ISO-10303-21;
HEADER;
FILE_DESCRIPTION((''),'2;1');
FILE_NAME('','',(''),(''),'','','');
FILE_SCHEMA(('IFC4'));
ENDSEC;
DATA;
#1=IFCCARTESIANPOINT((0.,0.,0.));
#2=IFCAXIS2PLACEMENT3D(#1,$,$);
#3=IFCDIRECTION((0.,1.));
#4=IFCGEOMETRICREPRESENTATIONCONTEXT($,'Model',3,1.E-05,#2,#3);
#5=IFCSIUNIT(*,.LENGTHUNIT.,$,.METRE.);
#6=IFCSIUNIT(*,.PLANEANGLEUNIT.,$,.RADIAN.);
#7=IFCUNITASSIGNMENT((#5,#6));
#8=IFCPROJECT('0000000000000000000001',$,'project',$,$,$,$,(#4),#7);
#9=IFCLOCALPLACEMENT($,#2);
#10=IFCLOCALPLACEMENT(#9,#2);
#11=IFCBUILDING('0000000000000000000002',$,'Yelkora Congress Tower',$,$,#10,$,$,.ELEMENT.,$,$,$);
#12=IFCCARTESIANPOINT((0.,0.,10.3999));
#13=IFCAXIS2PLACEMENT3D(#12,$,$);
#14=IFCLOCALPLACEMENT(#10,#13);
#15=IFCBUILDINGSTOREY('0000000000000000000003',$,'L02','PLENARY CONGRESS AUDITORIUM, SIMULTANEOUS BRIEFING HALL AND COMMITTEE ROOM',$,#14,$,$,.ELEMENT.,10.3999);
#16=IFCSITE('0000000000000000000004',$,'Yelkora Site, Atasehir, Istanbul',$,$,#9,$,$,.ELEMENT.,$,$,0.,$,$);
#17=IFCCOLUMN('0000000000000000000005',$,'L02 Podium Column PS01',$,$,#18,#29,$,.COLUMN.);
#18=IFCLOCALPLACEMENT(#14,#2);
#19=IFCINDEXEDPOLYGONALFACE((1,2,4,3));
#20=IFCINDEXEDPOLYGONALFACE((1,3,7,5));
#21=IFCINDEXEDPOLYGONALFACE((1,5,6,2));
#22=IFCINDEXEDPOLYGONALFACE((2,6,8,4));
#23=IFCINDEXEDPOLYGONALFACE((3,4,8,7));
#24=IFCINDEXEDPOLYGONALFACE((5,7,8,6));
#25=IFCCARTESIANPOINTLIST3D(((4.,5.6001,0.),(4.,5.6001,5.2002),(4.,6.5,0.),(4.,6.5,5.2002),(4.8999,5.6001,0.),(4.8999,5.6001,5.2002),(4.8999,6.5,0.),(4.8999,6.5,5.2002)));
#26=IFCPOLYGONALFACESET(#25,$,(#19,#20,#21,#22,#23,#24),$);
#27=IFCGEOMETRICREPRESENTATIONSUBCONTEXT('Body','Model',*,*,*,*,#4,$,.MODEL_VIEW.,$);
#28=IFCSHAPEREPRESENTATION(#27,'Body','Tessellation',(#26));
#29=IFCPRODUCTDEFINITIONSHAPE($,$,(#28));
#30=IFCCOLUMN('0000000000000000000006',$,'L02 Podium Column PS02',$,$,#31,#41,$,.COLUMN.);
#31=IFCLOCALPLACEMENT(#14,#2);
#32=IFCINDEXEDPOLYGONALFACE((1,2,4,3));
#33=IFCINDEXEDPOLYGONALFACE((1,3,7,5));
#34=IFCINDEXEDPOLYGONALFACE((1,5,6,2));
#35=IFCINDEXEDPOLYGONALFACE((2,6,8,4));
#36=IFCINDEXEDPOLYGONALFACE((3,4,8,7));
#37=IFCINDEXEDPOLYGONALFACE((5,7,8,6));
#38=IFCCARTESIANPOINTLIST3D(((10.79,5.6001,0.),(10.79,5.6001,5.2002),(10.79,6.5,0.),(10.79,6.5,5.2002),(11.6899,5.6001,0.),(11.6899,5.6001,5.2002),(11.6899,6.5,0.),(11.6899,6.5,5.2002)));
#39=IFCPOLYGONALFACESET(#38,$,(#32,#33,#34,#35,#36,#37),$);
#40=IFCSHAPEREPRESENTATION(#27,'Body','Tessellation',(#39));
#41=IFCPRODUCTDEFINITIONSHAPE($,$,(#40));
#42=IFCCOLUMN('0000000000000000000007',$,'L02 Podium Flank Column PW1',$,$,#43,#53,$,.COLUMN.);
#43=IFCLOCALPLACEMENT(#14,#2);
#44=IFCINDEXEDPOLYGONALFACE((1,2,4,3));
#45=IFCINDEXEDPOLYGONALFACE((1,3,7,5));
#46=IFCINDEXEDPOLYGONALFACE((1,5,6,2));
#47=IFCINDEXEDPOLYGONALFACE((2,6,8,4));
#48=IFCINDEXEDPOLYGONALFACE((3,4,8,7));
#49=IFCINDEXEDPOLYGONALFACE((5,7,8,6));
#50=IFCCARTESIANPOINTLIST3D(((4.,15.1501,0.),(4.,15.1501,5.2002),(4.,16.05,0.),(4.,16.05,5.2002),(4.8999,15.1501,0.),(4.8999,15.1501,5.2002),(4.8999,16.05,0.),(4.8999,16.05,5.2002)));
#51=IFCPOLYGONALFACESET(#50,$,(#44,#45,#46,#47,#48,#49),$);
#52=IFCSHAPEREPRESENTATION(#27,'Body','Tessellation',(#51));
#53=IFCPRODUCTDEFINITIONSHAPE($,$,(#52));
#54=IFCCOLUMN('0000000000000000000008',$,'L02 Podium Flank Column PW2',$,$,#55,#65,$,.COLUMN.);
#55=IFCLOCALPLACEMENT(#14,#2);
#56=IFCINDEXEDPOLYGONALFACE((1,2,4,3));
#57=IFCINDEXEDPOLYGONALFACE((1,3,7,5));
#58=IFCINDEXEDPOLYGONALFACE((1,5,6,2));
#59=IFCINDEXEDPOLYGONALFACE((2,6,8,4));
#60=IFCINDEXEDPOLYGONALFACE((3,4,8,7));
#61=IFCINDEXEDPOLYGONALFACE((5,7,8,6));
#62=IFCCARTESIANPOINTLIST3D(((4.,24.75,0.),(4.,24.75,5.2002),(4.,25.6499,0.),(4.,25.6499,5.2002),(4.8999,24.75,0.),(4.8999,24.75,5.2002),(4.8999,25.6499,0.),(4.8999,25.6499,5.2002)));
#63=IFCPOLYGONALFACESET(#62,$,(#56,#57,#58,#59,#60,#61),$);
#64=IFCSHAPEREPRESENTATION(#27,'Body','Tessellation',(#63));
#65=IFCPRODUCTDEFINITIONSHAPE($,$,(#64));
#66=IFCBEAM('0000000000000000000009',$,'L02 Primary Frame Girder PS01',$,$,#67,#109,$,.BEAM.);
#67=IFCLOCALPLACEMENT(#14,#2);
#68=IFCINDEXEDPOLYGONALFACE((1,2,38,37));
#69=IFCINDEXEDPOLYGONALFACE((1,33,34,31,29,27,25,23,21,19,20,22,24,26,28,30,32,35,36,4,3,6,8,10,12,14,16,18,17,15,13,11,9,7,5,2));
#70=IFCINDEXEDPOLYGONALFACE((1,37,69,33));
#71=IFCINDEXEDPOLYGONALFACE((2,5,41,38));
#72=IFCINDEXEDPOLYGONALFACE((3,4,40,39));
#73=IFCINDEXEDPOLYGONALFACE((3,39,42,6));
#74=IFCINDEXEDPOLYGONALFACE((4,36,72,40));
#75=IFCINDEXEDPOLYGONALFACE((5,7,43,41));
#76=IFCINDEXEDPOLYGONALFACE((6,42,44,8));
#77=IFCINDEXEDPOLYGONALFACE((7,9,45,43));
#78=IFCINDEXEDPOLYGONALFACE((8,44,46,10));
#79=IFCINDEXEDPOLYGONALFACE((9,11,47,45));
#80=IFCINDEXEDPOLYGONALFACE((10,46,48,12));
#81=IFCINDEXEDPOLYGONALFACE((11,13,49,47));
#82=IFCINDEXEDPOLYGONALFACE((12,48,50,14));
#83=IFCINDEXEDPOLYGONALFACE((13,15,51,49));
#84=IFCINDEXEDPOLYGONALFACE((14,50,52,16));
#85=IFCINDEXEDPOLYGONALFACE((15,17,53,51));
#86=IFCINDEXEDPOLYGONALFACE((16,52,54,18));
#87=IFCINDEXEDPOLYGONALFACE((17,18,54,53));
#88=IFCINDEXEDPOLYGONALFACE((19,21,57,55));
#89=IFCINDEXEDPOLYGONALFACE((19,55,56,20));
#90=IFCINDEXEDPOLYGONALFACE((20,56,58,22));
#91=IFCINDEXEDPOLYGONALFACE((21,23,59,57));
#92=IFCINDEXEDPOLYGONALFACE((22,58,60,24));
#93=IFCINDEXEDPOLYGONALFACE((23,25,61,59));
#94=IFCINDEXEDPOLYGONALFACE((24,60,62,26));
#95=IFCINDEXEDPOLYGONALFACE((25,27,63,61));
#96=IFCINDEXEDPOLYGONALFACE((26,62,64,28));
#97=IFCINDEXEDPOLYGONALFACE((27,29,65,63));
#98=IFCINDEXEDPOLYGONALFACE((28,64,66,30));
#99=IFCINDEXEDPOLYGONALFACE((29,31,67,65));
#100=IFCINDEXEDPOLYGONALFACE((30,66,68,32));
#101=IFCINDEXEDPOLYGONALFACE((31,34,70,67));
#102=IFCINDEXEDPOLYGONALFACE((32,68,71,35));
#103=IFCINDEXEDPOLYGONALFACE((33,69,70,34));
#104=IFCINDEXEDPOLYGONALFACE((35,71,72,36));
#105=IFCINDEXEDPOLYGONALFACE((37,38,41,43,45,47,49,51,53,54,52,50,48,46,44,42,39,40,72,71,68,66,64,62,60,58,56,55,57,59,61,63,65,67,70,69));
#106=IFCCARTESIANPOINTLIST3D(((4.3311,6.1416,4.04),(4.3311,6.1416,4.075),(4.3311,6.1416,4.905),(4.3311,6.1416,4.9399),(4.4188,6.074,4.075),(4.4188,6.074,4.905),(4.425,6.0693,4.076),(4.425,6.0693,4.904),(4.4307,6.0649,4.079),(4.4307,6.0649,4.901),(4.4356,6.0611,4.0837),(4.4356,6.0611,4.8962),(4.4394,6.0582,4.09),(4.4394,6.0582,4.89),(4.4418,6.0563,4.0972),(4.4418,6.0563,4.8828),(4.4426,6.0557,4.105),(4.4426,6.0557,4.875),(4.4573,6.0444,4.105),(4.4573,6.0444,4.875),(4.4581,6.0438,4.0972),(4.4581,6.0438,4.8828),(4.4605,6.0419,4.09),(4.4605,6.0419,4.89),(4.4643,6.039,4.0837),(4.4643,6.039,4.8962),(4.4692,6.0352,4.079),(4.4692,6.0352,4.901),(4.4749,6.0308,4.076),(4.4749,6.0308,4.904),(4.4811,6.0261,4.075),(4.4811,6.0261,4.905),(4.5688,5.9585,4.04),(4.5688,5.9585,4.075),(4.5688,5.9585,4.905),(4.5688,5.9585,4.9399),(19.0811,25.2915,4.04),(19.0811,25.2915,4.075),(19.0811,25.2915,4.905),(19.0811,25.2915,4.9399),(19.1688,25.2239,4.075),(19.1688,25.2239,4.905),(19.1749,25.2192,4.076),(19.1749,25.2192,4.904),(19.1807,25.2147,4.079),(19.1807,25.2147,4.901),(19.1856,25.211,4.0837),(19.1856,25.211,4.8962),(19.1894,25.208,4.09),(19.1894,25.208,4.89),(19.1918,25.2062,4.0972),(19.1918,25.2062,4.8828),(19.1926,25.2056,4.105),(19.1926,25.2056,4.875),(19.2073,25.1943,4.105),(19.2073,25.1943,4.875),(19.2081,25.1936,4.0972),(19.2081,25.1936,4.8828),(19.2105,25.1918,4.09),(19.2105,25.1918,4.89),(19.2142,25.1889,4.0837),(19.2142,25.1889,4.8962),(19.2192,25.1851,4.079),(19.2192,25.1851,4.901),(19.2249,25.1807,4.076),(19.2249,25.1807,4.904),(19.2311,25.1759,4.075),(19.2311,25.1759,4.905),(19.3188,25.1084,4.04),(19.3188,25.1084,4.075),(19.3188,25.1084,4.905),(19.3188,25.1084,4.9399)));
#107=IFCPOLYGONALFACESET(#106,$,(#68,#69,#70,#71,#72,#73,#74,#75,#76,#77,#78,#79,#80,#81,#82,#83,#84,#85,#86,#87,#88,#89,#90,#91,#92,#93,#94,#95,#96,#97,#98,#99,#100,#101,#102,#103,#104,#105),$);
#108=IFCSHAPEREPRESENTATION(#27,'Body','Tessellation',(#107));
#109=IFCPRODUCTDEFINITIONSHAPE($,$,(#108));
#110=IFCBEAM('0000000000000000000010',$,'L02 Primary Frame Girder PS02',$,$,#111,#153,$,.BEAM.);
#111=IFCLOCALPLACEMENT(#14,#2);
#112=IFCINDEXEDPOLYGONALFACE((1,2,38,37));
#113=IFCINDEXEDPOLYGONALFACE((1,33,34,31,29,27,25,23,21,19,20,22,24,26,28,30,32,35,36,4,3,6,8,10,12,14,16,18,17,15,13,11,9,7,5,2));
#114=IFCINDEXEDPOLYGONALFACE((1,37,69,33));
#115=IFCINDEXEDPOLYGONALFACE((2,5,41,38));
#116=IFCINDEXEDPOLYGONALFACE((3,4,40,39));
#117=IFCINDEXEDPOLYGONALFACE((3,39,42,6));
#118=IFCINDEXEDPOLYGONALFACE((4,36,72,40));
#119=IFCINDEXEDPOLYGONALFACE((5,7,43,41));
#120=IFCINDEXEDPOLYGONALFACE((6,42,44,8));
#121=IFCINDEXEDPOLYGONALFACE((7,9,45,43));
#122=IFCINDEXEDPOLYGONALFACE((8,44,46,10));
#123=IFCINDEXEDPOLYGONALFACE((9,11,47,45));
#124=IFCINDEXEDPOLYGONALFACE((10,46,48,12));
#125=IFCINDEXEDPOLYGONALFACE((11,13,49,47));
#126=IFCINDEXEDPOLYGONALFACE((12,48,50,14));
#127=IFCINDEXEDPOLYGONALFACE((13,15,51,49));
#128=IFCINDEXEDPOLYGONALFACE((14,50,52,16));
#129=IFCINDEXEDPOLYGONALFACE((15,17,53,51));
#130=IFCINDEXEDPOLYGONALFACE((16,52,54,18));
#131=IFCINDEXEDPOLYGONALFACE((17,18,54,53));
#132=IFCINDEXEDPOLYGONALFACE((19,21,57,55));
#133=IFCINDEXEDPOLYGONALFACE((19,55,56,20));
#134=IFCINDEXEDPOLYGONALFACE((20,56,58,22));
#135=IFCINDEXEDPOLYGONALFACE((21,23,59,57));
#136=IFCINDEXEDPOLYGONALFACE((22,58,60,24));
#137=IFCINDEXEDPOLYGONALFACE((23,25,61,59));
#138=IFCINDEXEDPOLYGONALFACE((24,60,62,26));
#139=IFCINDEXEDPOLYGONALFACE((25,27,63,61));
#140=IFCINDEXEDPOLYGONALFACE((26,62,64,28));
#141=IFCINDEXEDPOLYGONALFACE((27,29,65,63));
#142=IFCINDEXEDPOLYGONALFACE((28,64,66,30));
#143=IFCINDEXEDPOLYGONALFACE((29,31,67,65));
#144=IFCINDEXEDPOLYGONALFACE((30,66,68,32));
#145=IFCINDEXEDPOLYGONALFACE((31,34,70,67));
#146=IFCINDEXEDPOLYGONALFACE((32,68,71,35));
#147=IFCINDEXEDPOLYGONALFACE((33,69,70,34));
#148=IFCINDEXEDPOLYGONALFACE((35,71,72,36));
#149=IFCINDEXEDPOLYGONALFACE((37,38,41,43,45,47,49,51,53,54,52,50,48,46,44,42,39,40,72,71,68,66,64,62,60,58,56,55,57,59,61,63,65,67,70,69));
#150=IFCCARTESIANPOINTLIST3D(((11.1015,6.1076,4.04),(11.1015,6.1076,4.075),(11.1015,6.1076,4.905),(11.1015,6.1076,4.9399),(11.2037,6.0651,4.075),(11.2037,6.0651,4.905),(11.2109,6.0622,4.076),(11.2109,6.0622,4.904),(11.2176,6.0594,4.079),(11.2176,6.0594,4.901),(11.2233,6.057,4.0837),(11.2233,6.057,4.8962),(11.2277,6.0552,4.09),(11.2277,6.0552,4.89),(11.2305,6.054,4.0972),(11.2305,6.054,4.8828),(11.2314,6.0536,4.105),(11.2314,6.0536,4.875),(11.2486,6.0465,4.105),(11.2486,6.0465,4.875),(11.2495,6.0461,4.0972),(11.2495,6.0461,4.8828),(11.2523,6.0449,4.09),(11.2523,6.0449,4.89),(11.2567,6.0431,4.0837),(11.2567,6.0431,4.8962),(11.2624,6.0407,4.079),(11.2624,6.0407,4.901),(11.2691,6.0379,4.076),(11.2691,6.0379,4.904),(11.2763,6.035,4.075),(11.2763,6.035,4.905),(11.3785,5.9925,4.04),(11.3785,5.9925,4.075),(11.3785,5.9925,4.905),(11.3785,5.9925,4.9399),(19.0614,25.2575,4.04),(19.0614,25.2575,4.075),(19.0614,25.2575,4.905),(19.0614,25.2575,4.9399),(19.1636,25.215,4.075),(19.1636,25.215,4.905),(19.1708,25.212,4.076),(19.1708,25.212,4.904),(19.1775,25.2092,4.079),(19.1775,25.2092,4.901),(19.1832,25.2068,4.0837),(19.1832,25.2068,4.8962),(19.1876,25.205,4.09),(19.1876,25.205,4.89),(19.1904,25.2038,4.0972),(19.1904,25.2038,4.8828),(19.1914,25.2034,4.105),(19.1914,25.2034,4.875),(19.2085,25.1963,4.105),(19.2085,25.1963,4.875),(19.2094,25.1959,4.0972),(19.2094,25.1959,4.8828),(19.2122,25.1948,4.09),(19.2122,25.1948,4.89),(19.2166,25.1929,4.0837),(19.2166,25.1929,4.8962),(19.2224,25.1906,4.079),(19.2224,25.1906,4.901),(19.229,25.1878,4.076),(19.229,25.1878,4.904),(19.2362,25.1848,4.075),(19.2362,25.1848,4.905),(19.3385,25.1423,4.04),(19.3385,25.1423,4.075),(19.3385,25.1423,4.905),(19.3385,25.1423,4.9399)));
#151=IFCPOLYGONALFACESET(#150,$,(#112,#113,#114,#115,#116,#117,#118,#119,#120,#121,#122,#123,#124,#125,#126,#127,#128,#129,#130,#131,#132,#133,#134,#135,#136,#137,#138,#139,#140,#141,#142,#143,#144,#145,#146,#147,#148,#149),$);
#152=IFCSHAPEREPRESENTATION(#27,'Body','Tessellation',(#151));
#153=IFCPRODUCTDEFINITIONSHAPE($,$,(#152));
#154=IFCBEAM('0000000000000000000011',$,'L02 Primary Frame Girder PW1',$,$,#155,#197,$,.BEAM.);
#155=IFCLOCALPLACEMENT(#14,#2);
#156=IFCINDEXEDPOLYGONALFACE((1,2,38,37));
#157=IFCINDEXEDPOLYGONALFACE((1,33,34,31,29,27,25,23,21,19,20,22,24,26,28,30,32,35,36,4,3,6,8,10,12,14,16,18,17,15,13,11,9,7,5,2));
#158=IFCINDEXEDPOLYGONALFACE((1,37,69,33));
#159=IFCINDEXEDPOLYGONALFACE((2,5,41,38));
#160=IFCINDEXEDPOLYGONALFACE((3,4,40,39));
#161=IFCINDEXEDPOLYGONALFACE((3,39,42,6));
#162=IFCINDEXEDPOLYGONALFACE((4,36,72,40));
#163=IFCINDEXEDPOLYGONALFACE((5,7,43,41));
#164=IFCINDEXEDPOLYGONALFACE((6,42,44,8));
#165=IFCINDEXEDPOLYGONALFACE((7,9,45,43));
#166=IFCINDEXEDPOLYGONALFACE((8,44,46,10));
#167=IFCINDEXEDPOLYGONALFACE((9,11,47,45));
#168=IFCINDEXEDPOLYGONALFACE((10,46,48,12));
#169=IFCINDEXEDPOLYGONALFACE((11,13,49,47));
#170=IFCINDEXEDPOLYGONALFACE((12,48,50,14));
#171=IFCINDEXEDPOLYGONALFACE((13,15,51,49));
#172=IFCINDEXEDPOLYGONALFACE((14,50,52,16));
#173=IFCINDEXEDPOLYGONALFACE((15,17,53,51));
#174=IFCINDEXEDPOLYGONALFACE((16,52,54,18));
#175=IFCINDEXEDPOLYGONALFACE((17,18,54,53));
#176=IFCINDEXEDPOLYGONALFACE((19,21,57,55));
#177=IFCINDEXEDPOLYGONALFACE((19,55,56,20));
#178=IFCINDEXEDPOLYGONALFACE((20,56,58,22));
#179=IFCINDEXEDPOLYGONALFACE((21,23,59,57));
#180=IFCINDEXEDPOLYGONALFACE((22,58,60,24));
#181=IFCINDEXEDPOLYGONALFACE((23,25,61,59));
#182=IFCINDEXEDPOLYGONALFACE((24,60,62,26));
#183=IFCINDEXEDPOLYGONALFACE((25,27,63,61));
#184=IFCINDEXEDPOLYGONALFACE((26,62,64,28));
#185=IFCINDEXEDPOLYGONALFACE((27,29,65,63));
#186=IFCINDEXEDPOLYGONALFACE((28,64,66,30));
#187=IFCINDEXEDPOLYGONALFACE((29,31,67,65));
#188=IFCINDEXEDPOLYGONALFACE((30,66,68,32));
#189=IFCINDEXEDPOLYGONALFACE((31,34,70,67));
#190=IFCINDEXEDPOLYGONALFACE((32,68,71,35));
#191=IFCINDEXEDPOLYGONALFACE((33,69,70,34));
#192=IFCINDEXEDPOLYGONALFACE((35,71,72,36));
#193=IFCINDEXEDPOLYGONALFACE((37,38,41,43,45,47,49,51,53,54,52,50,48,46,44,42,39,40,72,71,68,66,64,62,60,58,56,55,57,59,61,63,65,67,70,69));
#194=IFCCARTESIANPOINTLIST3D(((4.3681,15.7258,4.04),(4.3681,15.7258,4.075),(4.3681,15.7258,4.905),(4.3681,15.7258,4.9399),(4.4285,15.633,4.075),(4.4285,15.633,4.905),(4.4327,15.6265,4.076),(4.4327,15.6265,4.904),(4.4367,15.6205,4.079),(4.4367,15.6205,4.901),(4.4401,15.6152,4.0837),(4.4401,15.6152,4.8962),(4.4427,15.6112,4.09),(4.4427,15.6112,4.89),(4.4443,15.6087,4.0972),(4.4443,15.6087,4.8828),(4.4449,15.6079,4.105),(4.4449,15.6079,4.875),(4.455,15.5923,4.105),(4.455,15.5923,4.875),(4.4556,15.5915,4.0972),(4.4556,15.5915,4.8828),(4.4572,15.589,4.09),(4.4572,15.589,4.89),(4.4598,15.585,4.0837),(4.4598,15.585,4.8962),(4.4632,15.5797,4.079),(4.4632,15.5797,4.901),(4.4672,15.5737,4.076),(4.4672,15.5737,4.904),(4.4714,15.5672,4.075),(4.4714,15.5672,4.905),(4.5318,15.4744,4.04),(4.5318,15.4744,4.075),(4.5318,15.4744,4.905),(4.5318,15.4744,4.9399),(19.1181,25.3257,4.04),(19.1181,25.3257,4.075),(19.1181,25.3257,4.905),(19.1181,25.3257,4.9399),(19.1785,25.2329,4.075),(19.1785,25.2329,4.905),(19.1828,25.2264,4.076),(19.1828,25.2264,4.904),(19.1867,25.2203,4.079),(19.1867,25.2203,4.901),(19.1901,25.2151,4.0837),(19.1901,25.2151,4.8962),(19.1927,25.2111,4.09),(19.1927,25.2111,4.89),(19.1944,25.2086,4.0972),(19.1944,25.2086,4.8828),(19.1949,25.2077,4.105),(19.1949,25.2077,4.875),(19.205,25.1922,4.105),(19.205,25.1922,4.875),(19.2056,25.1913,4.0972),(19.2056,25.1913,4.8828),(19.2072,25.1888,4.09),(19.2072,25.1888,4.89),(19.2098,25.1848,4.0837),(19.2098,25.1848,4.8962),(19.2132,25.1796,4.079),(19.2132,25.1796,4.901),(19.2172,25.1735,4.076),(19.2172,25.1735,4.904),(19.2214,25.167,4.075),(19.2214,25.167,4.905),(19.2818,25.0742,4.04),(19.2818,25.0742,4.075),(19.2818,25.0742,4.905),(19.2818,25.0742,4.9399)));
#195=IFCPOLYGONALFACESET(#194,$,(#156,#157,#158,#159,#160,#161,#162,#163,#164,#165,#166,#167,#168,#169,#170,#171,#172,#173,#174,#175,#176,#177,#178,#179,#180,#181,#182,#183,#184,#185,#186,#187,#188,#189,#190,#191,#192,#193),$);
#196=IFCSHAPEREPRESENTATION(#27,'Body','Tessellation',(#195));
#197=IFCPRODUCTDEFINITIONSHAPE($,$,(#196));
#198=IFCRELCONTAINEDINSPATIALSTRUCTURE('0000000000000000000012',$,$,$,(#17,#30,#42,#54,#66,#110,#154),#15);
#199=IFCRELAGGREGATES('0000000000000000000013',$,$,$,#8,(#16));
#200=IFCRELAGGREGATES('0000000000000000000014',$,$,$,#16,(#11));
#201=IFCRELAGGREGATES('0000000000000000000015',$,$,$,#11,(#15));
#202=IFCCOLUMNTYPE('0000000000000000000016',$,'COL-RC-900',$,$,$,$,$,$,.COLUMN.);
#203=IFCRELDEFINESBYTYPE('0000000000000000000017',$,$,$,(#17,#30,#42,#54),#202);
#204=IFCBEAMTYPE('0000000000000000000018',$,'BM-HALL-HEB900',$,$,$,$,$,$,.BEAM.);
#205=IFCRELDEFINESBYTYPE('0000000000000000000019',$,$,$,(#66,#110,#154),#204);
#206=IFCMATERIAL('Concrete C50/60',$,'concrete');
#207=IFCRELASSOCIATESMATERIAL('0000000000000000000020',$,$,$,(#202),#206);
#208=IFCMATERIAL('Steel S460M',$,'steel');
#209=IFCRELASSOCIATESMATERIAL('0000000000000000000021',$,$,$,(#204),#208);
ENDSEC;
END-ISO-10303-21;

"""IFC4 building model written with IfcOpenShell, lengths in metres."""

from ifc_helpers import new_model, si_unit, direction, frame, origin, origin_2d, place, context, subcontext, project, spatial, rectangle, i_section, extrude, material, material_profile, profile_set, type_object, element, save


model = new_model("IFC4")

# Units and contexts
model_context = context("Model", 3, precision=1e-05, world=origin(), true_north=direction((0.0, 1.0)))
body_context = subcontext(model_context, "Body", "Model", "MODEL_VIEW")
ifc_project = project(units=[si_unit("LENGTHUNIT", "METRE"), si_unit("PLANEANGLEUNIT", "RADIAN")], contexts=[model_context])

# Site, building, storey
site_placement = place(None, origin())
site = spatial("IfcSite", under=ifc_project, at=site_placement, Name="Yelkora Site, Atasehir, Istanbul", CompositionType="ELEMENT", RefElevation=0.0)
building_placement = place(site_placement, origin())
building = spatial("IfcBuilding", under=site, at=building_placement, Name="Yelkora Congress Tower", CompositionType="ELEMENT")
storey_placement = place(building_placement, frame((0.0, 0.0, 10.3999)))
storey = spatial("IfcBuildingStorey", under=building, at=storey_placement, Name="L02", Description="PLENARY CONGRESS AUDITORIUM, SIMULTANEOUS BRIEFING HALL AND COMMITTEE ROOM", CompositionType="ELEMENT", Elevation=10.3999)

# Columns
ifc_material_1 = material(Name="Concrete C50/60", Category="concrete")
ifc_material_profile_1 = material_profile(ifc_material_1, rectangle(XDim=0.8999, YDim=0.8999, at=origin_2d()), Name="RC 900x900")
ifc_profile_set_1 = profile_set([ifc_material_profile_1], Name="Concrete C50/60")
column_type = type_object("IfcColumnType", Name="COL-RC-900", PredefinedType="COLUMN", material=ifc_profile_set_1)
for number, where, z_axis, x_axis, name in (
    (1, (4.45, 6.05, 0.0), (0.0, 0.0, 1.0), (1.0, 0.0, 0.0), "L02 Podium Column PS01"),
    (2, (11.24, 6.05, 0.0), (0.0, 0.0, 1.0), (1.0, 0.0, 0.0), "L02 Podium Column PS02"),
    (3, (4.45, 15.6001, 0.0), (0.0, 0.0, 1.0), (1.0, 0.0, 0.0), "L02 Podium Flank Column PW1"),
    (4, (4.45, 25.2, 0.0), (0.0, 0.0, 1.0), (1.0, 0.0, 0.0), "L02 Podium Flank Column PW2"),
):
    element("IfcColumn", number, at=place(storey_placement, frame(where, z_axis=z_axis, x_axis=x_axis)), inside=storey, type_object=column_type, Name=name, PredefinedType="COLUMN", context=body_context, shape_type="SweptSolid", body=[
        extrude(rectangle(XDim=0.8999, YDim=0.8999, at=origin_2d()), origin(), (0.0, 0.0, 1.0), 5.2002),
    ])

# Beams
ifc_material_2 = material(Name="Steel S460M", Category="steel")
ifc_material_profile_2 = material_profile(ifc_material_2, i_section(OverallWidth=0.3, OverallDepth=0.8999, WebThickness=0.0186, FlangeThickness=0.0349, FilletRadius=0.03, at=origin_2d()), Name="HEB 900")
ifc_profile_set_2 = profile_set([ifc_material_profile_2], Name="Steel S460M")
beam_type_1 = type_object("IfcBeamType", Name="BM-HALL-HEB900", PredefinedType="BEAM", material=ifc_profile_set_2)
beam_1_placement = place(storey_placement, frame((4.45, 6.05, 4.49), z_axis=(0.610212, 0.792238, 0.0), x_axis=(-0.792238, 0.610212, 0.0)))
element("IfcBeam", 5, at=beam_1_placement, inside=storey, type_object=beam_type_1, Name="L02 Primary Frame Girder PS01", PredefinedType="BEAM", context=body_context, shape_type="SweptSolid", body=[
    extrude(i_section(OverallWidth=0.3, OverallDepth=0.8999, WebThickness=0.0186, FlangeThickness=0.0349, FilletRadius=0.03, at=origin_2d()), origin(), (0.0, 0.0, 1.0), 24.1719),
])
beam_2_placement = place(storey_placement, frame((11.24, 6.05, 4.49), z_axis=(0.383828, 0.923405, 0.0), x_axis=(-0.923405, 0.383828, 0.0)))
element("IfcBeam", 6, at=beam_2_placement, inside=storey, type_object=beam_type_1, Name="L02 Primary Frame Girder PS02", PredefinedType="BEAM", context=body_context, shape_type="SweptSolid", body=[
    extrude(i_section(OverallWidth=0.3, OverallDepth=0.8999, WebThickness=0.0186, FlangeThickness=0.0349, FilletRadius=0.03, at=origin_2d()), origin(), (0.0, 0.0, 1.0), 20.7383),
])
beam_3_placement = place(storey_placement, frame((4.45, 15.6001, 4.49), z_axis=(0.838123, 0.545482, 0.0), x_axis=(-0.545482, 0.838123, 0.0)))
element("IfcBeam", 7, at=beam_3_placement, inside=storey, type_object=beam_type_1, Name="L02 Primary Frame Girder PW1", PredefinedType="BEAM", context=body_context, shape_type="SweptSolid", body=[
    extrude(i_section(OverallWidth=0.3, OverallDepth=0.8999, WebThickness=0.0186, FlangeThickness=0.0349, FilletRadius=0.03, at=origin_2d()), origin(), (0.0, 0.0, 1.0), 17.5989),
])

save(model, "model.ifc")
